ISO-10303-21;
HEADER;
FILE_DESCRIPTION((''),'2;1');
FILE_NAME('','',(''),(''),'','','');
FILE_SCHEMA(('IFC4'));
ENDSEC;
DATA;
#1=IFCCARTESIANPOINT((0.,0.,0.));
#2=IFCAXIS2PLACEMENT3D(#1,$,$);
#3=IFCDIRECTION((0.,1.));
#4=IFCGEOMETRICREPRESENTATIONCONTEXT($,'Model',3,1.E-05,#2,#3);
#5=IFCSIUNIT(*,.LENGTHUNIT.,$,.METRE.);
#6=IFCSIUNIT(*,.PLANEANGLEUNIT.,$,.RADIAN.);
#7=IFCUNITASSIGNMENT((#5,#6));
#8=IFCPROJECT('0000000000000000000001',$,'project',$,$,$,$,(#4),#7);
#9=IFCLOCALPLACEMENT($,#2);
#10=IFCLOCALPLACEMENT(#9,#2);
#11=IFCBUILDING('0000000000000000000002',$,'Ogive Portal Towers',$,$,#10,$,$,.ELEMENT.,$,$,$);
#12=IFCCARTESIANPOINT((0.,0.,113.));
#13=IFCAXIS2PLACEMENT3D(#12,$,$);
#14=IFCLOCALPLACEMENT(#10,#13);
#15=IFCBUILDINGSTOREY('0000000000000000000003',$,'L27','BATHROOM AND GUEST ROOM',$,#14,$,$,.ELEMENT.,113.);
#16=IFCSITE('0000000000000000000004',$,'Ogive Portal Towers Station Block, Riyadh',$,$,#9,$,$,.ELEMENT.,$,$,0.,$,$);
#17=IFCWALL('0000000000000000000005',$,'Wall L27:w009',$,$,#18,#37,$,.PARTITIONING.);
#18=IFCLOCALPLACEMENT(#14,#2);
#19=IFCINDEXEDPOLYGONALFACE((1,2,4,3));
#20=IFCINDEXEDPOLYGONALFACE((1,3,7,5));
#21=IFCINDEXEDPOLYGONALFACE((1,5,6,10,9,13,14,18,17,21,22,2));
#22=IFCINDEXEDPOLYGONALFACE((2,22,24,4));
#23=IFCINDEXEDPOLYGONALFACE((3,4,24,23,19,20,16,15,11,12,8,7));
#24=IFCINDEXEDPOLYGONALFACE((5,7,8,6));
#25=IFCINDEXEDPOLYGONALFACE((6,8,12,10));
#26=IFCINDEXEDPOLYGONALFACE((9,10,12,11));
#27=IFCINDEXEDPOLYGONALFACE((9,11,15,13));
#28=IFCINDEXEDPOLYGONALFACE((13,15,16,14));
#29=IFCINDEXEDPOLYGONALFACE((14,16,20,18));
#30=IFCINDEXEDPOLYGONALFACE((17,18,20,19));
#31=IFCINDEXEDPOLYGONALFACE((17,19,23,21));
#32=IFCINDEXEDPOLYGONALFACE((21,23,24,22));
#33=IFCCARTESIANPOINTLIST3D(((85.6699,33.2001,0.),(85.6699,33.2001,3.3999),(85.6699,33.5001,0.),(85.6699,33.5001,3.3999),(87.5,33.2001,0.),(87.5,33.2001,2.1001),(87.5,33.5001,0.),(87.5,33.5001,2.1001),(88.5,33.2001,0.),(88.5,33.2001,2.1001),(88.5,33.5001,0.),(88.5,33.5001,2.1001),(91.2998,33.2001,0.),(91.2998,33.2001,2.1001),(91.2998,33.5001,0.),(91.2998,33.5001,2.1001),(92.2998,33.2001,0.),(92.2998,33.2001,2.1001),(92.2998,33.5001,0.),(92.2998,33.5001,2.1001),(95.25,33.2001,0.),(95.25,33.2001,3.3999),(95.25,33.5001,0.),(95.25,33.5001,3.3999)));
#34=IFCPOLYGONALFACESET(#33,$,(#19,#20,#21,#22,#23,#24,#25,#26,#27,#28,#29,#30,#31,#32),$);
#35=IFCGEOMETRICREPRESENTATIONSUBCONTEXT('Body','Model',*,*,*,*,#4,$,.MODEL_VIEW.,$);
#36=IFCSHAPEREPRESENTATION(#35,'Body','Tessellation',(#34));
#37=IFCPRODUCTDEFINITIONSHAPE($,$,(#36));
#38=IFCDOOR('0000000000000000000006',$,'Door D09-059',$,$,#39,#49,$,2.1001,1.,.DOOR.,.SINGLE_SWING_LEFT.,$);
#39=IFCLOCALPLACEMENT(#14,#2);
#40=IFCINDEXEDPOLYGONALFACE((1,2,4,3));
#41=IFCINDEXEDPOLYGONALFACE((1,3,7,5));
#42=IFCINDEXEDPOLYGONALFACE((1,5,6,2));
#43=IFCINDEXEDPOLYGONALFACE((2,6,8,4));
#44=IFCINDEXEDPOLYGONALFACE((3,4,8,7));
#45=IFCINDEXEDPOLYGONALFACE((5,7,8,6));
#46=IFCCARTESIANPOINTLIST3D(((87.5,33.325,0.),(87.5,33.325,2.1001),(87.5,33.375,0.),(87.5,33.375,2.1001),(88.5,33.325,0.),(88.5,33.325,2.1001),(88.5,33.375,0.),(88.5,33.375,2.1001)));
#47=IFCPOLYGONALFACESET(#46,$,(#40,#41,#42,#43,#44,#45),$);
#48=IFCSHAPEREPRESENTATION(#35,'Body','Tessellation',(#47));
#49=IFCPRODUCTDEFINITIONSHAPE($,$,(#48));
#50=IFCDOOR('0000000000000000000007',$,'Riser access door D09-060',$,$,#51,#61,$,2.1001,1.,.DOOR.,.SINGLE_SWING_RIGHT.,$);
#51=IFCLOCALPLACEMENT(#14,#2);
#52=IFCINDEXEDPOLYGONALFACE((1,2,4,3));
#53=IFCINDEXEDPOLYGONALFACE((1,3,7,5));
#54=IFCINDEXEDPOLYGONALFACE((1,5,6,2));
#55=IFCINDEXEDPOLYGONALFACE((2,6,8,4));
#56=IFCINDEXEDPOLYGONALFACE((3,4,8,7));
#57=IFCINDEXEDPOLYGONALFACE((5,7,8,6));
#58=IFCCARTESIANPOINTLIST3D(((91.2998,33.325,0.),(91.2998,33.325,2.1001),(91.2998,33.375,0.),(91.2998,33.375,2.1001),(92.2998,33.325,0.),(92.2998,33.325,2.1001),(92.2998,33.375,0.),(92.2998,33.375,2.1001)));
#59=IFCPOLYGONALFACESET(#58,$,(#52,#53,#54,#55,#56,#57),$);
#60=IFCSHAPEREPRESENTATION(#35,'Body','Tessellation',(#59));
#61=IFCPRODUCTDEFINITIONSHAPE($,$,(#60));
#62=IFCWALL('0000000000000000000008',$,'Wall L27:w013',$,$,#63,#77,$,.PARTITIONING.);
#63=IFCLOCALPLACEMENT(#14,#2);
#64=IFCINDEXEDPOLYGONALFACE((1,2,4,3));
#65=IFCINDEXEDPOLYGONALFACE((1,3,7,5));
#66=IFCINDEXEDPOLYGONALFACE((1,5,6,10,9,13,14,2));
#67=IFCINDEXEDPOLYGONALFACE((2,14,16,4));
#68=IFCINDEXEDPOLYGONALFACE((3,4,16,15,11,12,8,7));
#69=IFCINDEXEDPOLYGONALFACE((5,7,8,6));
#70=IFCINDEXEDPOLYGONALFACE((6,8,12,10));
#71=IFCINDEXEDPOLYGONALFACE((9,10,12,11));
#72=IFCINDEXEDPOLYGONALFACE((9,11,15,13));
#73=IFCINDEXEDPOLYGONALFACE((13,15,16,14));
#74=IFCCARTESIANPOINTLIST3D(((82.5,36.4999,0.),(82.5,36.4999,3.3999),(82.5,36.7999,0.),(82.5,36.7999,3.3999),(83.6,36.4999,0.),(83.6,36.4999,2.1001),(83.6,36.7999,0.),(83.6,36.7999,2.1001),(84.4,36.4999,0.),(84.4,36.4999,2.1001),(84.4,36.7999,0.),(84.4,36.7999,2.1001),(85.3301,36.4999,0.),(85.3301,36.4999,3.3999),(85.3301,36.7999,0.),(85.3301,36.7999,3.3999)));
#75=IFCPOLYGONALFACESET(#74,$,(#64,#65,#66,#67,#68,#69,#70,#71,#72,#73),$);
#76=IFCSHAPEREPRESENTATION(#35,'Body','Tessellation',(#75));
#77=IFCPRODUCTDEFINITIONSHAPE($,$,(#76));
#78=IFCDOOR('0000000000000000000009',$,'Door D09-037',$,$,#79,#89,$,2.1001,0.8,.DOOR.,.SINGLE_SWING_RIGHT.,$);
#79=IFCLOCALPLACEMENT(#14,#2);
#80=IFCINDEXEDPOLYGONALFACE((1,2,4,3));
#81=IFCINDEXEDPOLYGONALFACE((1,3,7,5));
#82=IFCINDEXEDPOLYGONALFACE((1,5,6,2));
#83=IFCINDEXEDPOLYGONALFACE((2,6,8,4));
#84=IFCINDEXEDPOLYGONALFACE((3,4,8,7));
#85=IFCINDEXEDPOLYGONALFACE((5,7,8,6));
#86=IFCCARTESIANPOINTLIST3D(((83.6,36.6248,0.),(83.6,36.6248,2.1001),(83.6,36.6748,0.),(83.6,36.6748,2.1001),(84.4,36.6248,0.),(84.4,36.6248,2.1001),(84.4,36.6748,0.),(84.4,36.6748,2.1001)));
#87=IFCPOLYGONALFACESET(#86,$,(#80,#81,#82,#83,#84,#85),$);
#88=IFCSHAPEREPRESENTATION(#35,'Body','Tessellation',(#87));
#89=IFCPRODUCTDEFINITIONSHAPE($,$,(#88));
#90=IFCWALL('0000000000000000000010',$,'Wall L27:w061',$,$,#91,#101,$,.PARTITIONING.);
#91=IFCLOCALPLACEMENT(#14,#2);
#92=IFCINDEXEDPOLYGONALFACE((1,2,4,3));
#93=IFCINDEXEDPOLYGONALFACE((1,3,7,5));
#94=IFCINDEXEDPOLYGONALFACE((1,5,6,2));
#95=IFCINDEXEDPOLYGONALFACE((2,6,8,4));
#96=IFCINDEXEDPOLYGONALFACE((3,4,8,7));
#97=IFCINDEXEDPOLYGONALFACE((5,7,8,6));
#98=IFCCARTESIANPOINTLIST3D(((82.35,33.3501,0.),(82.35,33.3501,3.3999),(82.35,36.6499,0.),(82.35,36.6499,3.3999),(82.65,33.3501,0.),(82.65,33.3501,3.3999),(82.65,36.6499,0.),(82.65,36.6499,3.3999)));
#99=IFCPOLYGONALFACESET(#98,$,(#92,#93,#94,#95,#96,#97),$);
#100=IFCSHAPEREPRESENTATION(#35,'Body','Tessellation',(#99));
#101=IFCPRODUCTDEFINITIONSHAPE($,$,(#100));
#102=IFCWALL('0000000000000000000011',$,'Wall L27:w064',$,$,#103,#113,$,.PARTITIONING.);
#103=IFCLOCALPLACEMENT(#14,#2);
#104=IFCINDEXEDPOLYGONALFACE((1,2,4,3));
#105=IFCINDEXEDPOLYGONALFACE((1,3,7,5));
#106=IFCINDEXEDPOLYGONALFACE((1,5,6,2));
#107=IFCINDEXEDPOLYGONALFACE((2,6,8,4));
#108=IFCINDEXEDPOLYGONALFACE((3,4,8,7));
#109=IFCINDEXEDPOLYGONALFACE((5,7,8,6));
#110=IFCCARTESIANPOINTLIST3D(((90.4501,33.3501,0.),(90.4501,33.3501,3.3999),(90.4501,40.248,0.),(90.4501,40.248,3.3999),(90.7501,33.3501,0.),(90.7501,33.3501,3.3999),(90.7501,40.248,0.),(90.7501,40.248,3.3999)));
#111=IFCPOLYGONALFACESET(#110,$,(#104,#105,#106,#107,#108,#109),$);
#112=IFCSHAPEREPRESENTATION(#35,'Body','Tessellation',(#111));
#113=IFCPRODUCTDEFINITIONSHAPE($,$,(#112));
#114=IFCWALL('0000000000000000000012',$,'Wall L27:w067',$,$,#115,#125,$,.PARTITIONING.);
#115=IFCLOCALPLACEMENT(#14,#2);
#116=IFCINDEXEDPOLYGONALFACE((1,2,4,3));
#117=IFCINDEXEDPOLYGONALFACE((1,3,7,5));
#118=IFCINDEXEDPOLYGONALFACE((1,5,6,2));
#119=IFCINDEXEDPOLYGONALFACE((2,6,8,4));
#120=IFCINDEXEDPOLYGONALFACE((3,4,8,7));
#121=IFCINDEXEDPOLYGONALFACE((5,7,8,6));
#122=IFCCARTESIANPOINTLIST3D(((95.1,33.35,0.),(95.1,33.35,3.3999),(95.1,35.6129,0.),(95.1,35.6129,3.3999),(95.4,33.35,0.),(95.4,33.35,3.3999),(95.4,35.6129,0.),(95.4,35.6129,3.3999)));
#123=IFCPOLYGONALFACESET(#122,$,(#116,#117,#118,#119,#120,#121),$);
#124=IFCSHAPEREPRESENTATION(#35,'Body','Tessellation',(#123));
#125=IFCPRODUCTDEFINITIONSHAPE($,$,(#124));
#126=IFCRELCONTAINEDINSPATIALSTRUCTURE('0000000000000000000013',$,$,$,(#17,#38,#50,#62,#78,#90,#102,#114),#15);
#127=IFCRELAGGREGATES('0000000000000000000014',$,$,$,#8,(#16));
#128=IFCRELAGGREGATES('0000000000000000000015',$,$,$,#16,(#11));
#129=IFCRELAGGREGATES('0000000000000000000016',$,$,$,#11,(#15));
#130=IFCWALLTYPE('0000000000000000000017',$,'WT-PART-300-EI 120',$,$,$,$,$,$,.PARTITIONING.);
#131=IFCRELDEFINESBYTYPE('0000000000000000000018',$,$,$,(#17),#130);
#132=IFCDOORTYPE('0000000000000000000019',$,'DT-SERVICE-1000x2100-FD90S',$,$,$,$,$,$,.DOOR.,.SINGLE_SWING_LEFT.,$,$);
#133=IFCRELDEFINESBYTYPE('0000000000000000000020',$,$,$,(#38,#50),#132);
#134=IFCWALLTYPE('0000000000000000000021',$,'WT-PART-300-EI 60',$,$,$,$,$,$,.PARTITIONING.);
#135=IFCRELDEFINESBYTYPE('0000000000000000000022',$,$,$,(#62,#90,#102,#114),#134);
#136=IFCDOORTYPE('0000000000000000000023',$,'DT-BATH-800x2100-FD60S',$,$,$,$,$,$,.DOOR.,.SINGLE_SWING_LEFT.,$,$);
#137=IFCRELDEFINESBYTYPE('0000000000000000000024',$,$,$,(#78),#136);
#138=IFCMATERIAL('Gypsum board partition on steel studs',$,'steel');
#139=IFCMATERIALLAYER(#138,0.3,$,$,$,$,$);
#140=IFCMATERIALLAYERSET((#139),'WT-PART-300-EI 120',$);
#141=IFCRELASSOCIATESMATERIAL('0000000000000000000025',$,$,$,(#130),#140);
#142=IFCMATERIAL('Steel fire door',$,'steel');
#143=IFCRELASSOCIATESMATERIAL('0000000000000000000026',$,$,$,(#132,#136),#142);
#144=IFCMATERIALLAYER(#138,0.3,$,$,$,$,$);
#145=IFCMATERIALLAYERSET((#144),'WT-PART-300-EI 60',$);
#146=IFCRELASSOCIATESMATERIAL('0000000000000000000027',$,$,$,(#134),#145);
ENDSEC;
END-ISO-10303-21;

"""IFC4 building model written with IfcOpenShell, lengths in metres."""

from ifc_helpers import new_model, si_unit, direction, frame, frame_2d, origin, place, context, subcontext, project, spatial, rectangle, extrude, material, layer, layer_set, type_object, element, fill, save


model = new_model("IFC4")

# Units and contexts
model_context = context("Model", 3, precision=1e-05, world=origin(), true_north=direction((0.0, 1.0)))
body_context = subcontext(model_context, "Body", "Model", "MODEL_VIEW")
ifc_project = project(units=[si_unit("LENGTHUNIT", "METRE"), si_unit("PLANEANGLEUNIT", "RADIAN")], contexts=[model_context])

# Site, building, storey
site_placement = place(None, origin())
site = spatial("IfcSite", under=ifc_project, at=site_placement, Name="Ogive Portal Towers Station Block, Riyadh", CompositionType="ELEMENT", RefElevation=0.0)
building_placement = place(site_placement, origin())
building = spatial("IfcBuilding", under=site, at=building_placement, Name="Ogive Portal Towers", CompositionType="ELEMENT")
storey_placement = place(building_placement, frame((0.0, 0.0, 113.0)))
storey = spatial("IfcBuildingStorey", under=building, at=storey_placement, Name="L27", Description="BATHROOM AND GUEST ROOM", CompositionType="ELEMENT", Elevation=113.0)

# Wall, openings, doors
ifc_material_1 = material(Name="Gypsum board partition on steel studs", Category="steel")
ifc_layer_1 = layer(ifc_material_1, 0.3)
ifc_layer_set_1 = layer_set([ifc_layer_1], Name="WT-PART-300-EI 120")
wall_type_1 = type_object("IfcWallType", Name="WT-PART-300-EI 120", PredefinedType="PARTITIONING", material=ifc_layer_set_1)
wall_1_placement = place(storey_placement, frame((85.6699, 33.3501, 0.0), z_axis=(0.0, 0.0, 1.0), x_axis=(1.0, 0.0, 0.0)))
wall_1 = element("IfcWall", 1, at=wall_1_placement, inside=storey, type_object=wall_type_1, Name="Wall L27:w009", PredefinedType="PARTITIONING", context=body_context, shape_type="SweptSolid", body=[
    extrude(rectangle(XDim=9.5801, YDim=0.3, at=frame_2d((4.79, 0.0))), origin(), (0.0, 0.0, 1.0), 3.3999),
])
opening_1_placement = place(wall_1_placement, frame((1.8301, 0.0, 0.0)))
opening_1 = element("IfcOpeningElement", 2, at=opening_1_placement, cuts=wall_1, PredefinedType="OPENING", context=body_context, shape_type="SweptSolid", body=[
    extrude(rectangle(XDim=1.0, YDim=2.1001, at=frame_2d((0.5, 1.05))), frame((0.0, 0.1602, 0.0), z_axis=(0.0, -1.0, 0.0), x_axis=(1.0, 0.0, 0.0)), (0.0, 0.0, 1.0), 0.3201),
])
opening_2_placement = place(wall_1_placement, frame((5.6299, 0.0, 0.0)))
opening_2 = element("IfcOpeningElement", 3, at=opening_2_placement, cuts=wall_1, PredefinedType="OPENING", context=body_context, shape_type="SweptSolid", body=[
    extrude(rectangle(XDim=1.0, YDim=2.1001, at=frame_2d((0.5, 1.05))), frame((0.0, 0.1602, 0.0), z_axis=(0.0, -1.0, 0.0), x_axis=(1.0, 0.0, 0.0)), (0.0, 0.0, 1.0), 0.3201),
])
ifc_material_2 = material(Name="Steel fire door", Category="steel")
door_type_1 = type_object("IfcDoorType", Name="DT-SERVICE-1000x2100-FD90S", OperationType="SINGLE_SWING_LEFT", PredefinedType="DOOR", material=ifc_material_2)
door_1_placement = place(opening_1_placement, origin())
door_1 = element("IfcDoor", 4, at=door_1_placement, inside=storey, type_object=door_type_1, Name="Door D09-059", OperationType="SINGLE_SWING_LEFT", OverallHeight=2.1001, OverallWidth=1.0, PredefinedType="DOOR", context=body_context, shape_type="SweptSolid", body=[
    extrude(rectangle(XDim=1.0, YDim=2.1001, at=frame_2d((0.5, 1.05))), frame((0.0, 0.0249, 0.0), z_axis=(0.0, -1.0, 0.0), x_axis=(1.0, 0.0, 0.0)), (0.0, 0.0, 1.0), 0.05),
])
fill(opening_1, door_1)
door_2_placement = place(opening_2_placement, origin())
door_2 = element("IfcDoor", 5, at=door_2_placement, inside=storey, type_object=door_type_1, Name="Riser access door D09-060", OperationType="SINGLE_SWING_RIGHT", OverallHeight=2.1001, OverallWidth=1.0, PredefinedType="DOOR", context=body_context, shape_type="SweptSolid", body=[
    extrude(rectangle(XDim=1.0, YDim=2.1001, at=frame_2d((0.5, 1.05))), frame((0.0, 0.0249, 0.0), z_axis=(0.0, -1.0, 0.0), x_axis=(1.0, 0.0, 0.0)), (0.0, 0.0, 1.0), 0.05),
])
fill(opening_2, door_2)

# Wall, opening, door
ifc_layer_2 = layer(ifc_material_1, 0.3)
ifc_layer_set_2 = layer_set([ifc_layer_2], Name="WT-PART-300-EI 60")
wall_type_2 = type_object("IfcWallType", Name="WT-PART-300-EI 60", PredefinedType="PARTITIONING", material=ifc_layer_set_2)
wall_2_placement = place(storey_placement, frame((82.5, 36.6499, 0.0), z_axis=(0.0, 0.0, 1.0), x_axis=(1.0, 0.0, 0.0)))
wall_2 = element("IfcWall", 6, at=wall_2_placement, inside=storey, type_object=wall_type_2, Name="Wall L27:w013", PredefinedType="PARTITIONING", context=body_context, shape_type="SweptSolid", body=[
    extrude(rectangle(XDim=2.8301, YDim=0.3, at=frame_2d((1.415, 0.0))), origin(), (0.0, 0.0, 1.0), 3.3999),
])
opening_3_placement = place(wall_2_placement, frame((1.1001, 0.0, 0.0)))
opening_3 = element("IfcOpeningElement", 7, at=opening_3_placement, cuts=wall_2, PredefinedType="OPENING", context=body_context, shape_type="SweptSolid", body=[
    extrude(rectangle(XDim=0.8, YDim=2.1001, at=frame_2d((0.3999, 1.05))), frame((0.0, 0.1602, 0.0), z_axis=(0.0, -1.0, 0.0), x_axis=(1.0, 0.0, 0.0)), (0.0, 0.0, 1.0), 0.3201),
])
door_type_2 = type_object("IfcDoorType", Name="DT-BATH-800x2100-FD60S", OperationType="SINGLE_SWING_LEFT", PredefinedType="DOOR", material=ifc_material_2)
door_3_placement = place(opening_3_placement, origin())
door_3 = element("IfcDoor", 8, at=door_3_placement, inside=storey, type_object=door_type_2, Name="Door D09-037", OperationType="SINGLE_SWING_RIGHT", OverallHeight=2.1001, OverallWidth=0.8, PredefinedType="DOOR", context=body_context, shape_type="SweptSolid", body=[
    extrude(rectangle(XDim=0.8, YDim=2.1001, at=frame_2d((0.3999, 1.05))), frame((0.0, 0.0249, 0.0), z_axis=(0.0, -1.0, 0.0), x_axis=(1.0, 0.0, 0.0)), (0.0, 0.0, 1.0), 0.05),
])
fill(opening_3, door_3)

# Walls
wall_3_placement = place(storey_placement, frame((82.5, 33.3501, 0.0), z_axis=(0.0, 0.0, 1.0), x_axis=(0.0, 1.0, 0.0)))
element("IfcWall", 9, at=wall_3_placement, inside=storey, type_object=wall_type_2, Name="Wall L27:w061", PredefinedType="PARTITIONING", context=body_context, shape_type="SweptSolid", body=[
    extrude(rectangle(XDim=3.2998, YDim=0.3, at=frame_2d((1.6499, 0.0))), origin(), (0.0, 0.0, 1.0), 3.3999),
])
wall_4_placement = place(storey_placement, frame((90.6001, 33.3501, 0.0), z_axis=(0.0, 0.0, 1.0), x_axis=(0.0, 1.0, 0.0)))
element("IfcWall", 10, at=wall_4_placement, inside=storey, type_object=wall_type_2, Name="Wall L27:w064", PredefinedType="PARTITIONING", context=body_context, shape_type="SweptSolid", body=[
    extrude(rectangle(XDim=6.8979, YDim=0.3, at=frame_2d((3.449, 0.0))), origin(), (0.0, 0.0, 1.0), 3.3999),
])
wall_5_placement = place(storey_placement, frame((95.25, 33.3501, 0.0), z_axis=(0.0, 0.0, 1.0), x_axis=(0.0, 1.0, 0.0)))
element("IfcWall", 11, at=wall_5_placement, inside=storey, type_object=wall_type_2, Name="Wall L27:w067", PredefinedType="PARTITIONING", context=body_context, shape_type="SweptSolid", body=[
    extrude(rectangle(XDim=2.2629, YDim=0.3, at=frame_2d((1.1313, 0.0))), origin(), (0.0, 0.0, 1.0), 3.3999),
])

save(model, "model.ifc")
